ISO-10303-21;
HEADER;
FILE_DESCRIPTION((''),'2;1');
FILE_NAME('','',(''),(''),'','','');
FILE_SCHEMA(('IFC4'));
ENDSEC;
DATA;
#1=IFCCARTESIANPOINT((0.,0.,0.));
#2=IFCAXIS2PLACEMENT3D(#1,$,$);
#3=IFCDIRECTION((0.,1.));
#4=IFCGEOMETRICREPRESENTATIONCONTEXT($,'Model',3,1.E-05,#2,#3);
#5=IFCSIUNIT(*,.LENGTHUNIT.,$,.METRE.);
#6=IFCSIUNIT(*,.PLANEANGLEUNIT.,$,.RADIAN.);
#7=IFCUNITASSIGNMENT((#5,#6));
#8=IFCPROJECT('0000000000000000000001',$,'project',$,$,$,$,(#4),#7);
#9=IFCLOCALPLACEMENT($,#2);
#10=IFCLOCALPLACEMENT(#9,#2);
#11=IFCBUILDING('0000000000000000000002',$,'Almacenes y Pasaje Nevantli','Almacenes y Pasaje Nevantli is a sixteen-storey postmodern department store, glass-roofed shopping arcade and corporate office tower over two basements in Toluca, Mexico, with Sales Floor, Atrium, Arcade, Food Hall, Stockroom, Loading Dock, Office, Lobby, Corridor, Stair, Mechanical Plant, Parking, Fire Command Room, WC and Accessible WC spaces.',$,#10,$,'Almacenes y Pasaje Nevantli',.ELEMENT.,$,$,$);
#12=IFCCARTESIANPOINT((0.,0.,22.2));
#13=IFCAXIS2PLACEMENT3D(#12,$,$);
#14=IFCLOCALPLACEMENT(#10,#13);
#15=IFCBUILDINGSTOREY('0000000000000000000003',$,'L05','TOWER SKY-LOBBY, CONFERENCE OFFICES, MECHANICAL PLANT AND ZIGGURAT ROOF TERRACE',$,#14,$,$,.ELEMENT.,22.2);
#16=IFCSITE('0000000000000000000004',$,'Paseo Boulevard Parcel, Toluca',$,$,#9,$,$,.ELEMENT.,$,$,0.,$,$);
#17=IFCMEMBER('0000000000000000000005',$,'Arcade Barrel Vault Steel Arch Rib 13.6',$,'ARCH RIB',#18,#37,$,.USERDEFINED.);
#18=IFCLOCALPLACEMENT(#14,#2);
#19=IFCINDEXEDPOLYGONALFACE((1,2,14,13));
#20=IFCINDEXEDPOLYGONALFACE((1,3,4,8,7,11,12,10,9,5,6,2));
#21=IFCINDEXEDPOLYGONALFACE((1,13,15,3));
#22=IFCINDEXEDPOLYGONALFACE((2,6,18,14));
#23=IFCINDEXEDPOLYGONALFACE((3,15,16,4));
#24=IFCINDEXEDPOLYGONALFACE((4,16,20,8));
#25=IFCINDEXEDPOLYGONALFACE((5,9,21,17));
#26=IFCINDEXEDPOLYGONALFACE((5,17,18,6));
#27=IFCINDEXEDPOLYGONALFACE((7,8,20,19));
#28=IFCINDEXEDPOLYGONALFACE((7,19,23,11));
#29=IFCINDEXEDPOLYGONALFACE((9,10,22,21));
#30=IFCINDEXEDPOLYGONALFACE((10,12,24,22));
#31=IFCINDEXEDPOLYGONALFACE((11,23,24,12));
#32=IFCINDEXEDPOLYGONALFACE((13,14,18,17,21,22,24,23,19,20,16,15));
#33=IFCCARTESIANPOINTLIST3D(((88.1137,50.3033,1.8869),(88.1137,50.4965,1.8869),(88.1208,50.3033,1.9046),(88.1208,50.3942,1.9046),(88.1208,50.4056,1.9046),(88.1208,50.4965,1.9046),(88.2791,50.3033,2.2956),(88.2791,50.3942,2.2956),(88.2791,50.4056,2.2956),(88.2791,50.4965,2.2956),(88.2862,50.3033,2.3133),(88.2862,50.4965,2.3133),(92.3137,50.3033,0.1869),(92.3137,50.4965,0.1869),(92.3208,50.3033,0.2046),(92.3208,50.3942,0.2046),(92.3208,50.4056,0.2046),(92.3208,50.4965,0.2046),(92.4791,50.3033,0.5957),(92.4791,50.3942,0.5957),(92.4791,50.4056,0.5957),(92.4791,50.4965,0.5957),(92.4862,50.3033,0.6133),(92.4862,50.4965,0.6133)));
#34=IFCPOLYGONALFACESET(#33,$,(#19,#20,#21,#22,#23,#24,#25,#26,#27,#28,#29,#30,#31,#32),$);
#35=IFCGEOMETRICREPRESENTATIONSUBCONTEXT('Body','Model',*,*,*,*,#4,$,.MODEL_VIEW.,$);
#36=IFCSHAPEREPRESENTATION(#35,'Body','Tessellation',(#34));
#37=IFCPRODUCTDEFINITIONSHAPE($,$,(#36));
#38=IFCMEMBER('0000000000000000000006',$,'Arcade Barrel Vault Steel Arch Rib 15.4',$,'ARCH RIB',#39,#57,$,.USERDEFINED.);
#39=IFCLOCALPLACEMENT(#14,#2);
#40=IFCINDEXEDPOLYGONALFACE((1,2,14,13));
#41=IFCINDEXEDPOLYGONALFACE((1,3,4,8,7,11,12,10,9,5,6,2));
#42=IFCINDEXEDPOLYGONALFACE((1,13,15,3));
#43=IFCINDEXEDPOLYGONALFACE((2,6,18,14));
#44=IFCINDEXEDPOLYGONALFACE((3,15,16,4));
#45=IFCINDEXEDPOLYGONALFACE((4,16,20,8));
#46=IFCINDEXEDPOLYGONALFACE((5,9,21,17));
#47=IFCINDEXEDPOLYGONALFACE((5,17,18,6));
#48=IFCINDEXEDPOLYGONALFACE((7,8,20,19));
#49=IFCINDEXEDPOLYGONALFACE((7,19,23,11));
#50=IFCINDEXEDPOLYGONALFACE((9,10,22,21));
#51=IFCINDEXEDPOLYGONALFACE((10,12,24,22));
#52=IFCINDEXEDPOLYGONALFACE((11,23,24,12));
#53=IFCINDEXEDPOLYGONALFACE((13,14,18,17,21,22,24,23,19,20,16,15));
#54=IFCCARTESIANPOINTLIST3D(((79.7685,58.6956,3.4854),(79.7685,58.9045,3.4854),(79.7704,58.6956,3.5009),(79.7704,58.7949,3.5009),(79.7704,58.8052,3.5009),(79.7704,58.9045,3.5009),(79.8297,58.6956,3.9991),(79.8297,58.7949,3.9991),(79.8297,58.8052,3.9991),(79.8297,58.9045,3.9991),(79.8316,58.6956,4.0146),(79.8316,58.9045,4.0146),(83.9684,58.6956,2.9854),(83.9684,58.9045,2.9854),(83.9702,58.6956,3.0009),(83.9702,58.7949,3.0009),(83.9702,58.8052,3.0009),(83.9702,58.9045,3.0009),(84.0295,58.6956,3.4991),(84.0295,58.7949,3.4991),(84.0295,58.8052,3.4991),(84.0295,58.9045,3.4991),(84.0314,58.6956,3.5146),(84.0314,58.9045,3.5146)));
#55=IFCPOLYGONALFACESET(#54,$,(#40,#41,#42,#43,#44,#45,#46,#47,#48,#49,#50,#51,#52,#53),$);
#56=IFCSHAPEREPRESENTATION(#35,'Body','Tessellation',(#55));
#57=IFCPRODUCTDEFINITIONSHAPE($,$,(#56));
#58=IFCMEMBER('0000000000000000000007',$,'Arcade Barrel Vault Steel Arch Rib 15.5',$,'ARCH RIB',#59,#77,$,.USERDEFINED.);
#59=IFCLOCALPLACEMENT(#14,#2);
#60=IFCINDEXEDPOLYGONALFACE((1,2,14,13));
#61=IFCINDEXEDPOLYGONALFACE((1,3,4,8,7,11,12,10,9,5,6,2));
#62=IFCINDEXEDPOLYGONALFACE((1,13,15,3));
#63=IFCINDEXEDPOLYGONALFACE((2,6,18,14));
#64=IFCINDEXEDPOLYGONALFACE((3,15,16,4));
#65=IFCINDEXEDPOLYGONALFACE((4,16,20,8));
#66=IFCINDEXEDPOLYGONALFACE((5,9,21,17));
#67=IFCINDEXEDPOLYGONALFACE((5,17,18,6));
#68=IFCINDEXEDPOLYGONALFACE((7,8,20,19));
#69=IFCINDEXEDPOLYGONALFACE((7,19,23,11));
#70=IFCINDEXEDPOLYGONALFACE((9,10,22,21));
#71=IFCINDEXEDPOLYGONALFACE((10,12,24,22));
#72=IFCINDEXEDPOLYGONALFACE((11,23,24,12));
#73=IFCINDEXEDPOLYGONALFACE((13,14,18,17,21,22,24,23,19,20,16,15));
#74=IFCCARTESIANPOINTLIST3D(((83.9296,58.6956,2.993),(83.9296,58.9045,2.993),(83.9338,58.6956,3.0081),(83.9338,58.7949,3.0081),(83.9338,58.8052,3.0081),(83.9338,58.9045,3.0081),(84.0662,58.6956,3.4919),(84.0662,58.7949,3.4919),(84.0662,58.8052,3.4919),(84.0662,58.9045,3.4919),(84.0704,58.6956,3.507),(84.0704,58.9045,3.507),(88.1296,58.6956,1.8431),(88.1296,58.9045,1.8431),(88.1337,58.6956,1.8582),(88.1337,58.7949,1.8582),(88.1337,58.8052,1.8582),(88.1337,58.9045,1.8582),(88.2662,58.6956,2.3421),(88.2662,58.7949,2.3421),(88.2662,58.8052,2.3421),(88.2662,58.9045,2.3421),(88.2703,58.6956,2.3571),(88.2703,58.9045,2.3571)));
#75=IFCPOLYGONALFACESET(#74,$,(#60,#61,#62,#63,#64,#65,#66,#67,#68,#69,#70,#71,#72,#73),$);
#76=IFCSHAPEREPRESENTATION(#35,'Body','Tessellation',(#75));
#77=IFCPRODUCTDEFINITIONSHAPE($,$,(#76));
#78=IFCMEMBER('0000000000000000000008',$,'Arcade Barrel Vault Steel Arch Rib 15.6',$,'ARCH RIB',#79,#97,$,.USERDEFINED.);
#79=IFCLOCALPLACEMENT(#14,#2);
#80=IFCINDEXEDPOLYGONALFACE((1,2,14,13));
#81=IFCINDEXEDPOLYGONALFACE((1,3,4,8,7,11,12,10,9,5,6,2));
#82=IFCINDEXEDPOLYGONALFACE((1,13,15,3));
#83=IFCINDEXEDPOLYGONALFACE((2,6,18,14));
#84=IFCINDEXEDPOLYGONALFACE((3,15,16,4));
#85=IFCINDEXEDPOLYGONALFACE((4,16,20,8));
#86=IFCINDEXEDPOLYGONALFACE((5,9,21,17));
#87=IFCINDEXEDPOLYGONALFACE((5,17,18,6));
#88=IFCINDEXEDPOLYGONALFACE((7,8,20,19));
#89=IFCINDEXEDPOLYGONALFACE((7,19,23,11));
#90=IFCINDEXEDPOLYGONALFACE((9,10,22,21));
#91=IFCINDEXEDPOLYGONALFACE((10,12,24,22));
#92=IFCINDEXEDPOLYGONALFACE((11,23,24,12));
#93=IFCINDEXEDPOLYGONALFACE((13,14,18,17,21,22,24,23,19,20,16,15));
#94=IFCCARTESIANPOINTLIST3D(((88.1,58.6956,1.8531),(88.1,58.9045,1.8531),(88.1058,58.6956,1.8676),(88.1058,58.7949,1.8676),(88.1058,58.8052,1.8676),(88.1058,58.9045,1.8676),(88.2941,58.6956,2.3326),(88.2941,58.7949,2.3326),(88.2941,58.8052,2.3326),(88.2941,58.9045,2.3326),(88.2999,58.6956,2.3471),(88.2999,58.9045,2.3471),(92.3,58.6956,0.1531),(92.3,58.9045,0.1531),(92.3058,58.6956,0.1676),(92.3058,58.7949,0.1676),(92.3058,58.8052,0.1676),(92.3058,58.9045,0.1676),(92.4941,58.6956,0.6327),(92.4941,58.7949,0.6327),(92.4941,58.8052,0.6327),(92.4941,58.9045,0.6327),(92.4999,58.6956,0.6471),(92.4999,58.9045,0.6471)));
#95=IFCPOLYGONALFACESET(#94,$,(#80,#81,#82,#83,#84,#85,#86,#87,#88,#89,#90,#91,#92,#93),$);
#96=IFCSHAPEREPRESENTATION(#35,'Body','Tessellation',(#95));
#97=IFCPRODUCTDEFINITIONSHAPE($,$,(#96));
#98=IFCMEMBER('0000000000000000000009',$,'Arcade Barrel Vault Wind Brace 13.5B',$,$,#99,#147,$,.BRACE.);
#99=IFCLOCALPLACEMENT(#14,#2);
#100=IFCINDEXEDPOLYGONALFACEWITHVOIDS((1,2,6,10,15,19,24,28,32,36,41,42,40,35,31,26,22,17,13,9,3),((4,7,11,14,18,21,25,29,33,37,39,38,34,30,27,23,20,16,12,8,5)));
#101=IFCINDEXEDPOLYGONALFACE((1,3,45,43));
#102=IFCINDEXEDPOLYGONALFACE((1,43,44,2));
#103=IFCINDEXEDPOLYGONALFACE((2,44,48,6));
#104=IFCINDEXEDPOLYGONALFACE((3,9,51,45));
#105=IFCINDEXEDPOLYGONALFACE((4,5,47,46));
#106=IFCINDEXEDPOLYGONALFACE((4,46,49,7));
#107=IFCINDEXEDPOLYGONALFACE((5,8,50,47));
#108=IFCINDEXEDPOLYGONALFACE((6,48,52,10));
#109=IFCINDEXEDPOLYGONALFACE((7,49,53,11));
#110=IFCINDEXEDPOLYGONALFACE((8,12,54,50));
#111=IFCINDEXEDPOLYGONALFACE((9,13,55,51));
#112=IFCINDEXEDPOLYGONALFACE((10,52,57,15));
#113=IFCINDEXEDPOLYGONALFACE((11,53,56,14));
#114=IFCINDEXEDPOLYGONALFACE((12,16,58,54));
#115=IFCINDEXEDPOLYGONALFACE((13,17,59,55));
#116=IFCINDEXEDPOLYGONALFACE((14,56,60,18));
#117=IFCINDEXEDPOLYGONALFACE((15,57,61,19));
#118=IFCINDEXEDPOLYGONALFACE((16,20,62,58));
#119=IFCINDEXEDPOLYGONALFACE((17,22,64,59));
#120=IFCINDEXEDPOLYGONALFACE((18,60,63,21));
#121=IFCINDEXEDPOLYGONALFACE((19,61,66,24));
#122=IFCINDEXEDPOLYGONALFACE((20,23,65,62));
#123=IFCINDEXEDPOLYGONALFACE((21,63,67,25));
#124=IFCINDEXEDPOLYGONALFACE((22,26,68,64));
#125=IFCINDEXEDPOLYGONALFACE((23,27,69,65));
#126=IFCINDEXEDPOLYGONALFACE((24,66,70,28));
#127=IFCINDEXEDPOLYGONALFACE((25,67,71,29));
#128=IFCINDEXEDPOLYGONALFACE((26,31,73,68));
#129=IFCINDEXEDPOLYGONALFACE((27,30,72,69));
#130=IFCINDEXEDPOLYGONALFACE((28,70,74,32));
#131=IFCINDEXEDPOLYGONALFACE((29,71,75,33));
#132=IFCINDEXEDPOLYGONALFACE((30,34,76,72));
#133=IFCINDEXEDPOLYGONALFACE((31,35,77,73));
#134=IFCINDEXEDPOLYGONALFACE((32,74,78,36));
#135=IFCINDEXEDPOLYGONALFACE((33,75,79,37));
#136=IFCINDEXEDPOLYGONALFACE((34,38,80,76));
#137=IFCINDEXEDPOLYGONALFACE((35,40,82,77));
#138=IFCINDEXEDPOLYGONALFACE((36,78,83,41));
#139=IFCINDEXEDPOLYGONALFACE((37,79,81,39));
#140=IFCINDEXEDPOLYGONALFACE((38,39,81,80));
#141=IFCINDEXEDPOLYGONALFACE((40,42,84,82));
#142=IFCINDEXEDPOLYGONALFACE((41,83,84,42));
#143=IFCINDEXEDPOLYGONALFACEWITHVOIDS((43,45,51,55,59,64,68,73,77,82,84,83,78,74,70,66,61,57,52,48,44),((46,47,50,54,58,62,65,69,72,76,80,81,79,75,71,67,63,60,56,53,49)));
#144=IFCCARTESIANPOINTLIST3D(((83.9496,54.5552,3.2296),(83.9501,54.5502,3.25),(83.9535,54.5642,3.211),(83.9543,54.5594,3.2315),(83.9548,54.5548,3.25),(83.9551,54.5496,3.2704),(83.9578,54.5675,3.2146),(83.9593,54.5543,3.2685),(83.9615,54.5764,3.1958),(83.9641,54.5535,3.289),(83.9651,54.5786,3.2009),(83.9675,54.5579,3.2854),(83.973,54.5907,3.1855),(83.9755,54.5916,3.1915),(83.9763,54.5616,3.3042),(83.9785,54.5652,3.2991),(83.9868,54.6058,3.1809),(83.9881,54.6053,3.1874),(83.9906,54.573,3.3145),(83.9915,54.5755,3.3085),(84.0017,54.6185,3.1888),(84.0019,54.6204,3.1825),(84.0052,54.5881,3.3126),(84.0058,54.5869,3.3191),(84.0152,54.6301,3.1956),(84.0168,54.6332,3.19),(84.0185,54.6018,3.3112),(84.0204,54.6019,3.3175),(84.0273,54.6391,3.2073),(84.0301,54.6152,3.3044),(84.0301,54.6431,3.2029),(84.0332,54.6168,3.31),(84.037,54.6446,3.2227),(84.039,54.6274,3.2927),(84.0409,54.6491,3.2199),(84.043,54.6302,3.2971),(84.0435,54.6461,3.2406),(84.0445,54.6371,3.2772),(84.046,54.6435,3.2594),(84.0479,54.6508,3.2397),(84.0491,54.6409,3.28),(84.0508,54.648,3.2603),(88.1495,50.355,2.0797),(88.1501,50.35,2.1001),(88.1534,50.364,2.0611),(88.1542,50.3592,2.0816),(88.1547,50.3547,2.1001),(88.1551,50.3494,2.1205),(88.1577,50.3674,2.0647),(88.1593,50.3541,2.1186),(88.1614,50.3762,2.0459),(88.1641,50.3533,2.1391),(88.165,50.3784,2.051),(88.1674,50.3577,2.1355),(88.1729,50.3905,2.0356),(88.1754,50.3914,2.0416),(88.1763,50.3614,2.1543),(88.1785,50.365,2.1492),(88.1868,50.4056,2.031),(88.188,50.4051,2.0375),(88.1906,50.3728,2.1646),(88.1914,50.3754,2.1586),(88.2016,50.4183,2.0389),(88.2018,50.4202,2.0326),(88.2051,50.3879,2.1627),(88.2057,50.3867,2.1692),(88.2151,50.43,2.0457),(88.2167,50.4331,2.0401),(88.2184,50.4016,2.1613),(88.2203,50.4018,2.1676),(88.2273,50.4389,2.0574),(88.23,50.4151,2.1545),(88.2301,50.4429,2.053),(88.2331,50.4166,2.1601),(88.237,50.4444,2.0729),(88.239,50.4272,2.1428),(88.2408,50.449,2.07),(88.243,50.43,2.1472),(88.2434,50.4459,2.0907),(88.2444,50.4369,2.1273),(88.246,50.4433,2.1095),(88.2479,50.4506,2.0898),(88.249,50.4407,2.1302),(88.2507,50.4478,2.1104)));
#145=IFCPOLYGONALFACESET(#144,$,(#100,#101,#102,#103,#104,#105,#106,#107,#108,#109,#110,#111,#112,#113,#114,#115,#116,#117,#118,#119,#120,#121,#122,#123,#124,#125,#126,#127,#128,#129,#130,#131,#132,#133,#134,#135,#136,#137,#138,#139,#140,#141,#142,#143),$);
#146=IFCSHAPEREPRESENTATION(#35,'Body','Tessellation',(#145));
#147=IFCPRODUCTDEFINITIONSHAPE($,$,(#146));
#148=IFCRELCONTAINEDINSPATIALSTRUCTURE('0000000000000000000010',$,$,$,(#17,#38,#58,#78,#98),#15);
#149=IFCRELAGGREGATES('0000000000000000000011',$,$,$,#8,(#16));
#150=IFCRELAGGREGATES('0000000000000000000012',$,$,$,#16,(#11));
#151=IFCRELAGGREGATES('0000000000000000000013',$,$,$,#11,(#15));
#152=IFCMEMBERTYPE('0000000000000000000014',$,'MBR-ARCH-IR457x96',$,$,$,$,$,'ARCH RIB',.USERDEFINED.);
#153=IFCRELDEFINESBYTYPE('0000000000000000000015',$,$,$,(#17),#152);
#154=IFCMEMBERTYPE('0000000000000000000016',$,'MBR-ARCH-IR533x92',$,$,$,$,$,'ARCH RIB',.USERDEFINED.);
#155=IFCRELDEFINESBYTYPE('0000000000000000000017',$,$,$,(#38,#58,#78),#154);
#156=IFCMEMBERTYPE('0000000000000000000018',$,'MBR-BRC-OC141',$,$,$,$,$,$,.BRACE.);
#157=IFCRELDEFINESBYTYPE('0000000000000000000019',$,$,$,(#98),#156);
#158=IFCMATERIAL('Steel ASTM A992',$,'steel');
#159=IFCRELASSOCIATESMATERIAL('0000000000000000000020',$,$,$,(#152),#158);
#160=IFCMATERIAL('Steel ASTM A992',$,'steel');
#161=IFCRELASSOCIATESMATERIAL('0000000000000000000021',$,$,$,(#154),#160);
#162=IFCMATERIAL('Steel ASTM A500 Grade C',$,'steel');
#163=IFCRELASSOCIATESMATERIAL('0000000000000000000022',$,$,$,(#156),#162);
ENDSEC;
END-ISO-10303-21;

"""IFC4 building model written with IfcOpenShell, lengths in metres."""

from ifc_helpers import new_model, si_unit, direction, frame, origin, origin_2d, place, context, subcontext, project, spatial, hollow_circle, i_section, extrude, material, material_profile, profile_set, type_object, element, save


model = new_model("IFC4")

# Units and contexts
model_context = context("Model", 3, precision=1e-05, world=origin(), true_north=direction((0.0, 1.0)))
body_context = subcontext(model_context, "Body", "Model", "MODEL_VIEW")
ifc_project = project(units=[si_unit("LENGTHUNIT", "METRE"), si_unit("PLANEANGLEUNIT", "RADIAN")], contexts=[model_context])

# Site, building, storey
site_placement = place(None, origin())
site = spatial("IfcSite", under=ifc_project, at=site_placement, Name="Paseo Boulevard Parcel, Toluca", CompositionType="ELEMENT", RefElevation=0.0)
building_placement = place(site_placement, origin())
building = spatial("IfcBuilding", under=site, at=building_placement, Name="Almacenes y Pasaje Nevantli", Description="Almacenes y Pasaje Nevantli is a sixteen-storey postmodern department store, glass-roofed shopping arcade and corporate office tower over two basements in Toluca, Mexico, with Sales Floor, Atrium, Arcade, Food Hall, Stockroom, Loading Dock, Office, Lobby, Corridor, Stair, Mechanical Plant, Parking, Fire Command Room, WC and Accessible WC spaces.", LongName="Almacenes y Pasaje Nevantli", CompositionType="ELEMENT")
storey_placement = place(building_placement, frame((0.0, 0.0, 22.2)))
storey = spatial("IfcBuildingStorey", under=building, at=storey_placement, Name="L05", Description="TOWER SKY-LOBBY, CONFERENCE OFFICES, MECHANICAL PLANT AND ZIGGURAT ROOF TERRACE", CompositionType="ELEMENT", Elevation=22.2)

# Members
ifc_material_1 = material(Name="Steel ASTM A992", Category="steel")
ifc_material_profile_1 = material_profile(ifc_material_1, i_section(OverallWidth=0.1931, OverallDepth=0.46, WebThickness=0.0115, FlangeThickness=0.019, at=origin_2d()), Name="IR 457x96.7")
ifc_profile_set_1 = profile_set([ifc_material_profile_1], Name="Steel ASTM A992")
member_type_1 = type_object("IfcMemberType", Name="MBR-ARCH-IR457x96", ElementType="ARCH RIB", PredefinedType="USERDEFINED", material=ifc_profile_set_1)
member_1_placement = place(storey_placement, frame((88.2, 50.3999, 2.1001), z_axis=(0.926949, 0.0, -0.375187), x_axis=(0.0, 1.0, 0.0)))
element("IfcMember", 1, at=member_1_placement, inside=storey, type_object=member_type_1, Name="Arcade Barrel Vault Steel Arch Rib 13.6", ObjectType="ARCH RIB", PredefinedType="USERDEFINED", context=body_context, shape_type="SweptSolid", body=[
    extrude(i_section(OverallWidth=0.1931, OverallDepth=0.46, WebThickness=0.0115, FlangeThickness=0.019, at=origin_2d()), origin(), (0.0, 0.0, 1.0), 4.531),
])
ifc_material_2 = material(Name="Steel ASTM A992", Category="steel")
ifc_material_profile_2 = material_profile(ifc_material_2, i_section(OverallWidth=0.209, OverallDepth=0.533, WebThickness=0.0103, FlangeThickness=0.0156, at=origin_2d()), Name="IR 533x92.5")
ifc_profile_set_2 = profile_set([ifc_material_profile_2], Name="Steel ASTM A992")
member_type_2 = type_object("IfcMemberType", Name="MBR-ARCH-IR533x92", ElementType="ARCH RIB", PredefinedType="USERDEFINED", material=ifc_profile_set_2)
member_2_placement = place(storey_placement, frame((79.8, 58.8, 3.75), z_axis=(0.992988, 0.0, -0.118214), x_axis=(0.0, 1.0, 0.0)))
element("IfcMember", 2, at=member_2_placement, inside=storey, type_object=member_type_2, Name="Arcade Barrel Vault Steel Arch Rib 15.4", ObjectType="ARCH RIB", PredefinedType="USERDEFINED", context=body_context, shape_type="SweptSolid", body=[
    extrude(i_section(OverallWidth=0.209, OverallDepth=0.533, WebThickness=0.0103, FlangeThickness=0.0156, at=origin_2d()), origin(), (0.0, 0.0, 1.0), 4.2295),
])
member_3_placement = place(storey_placement, frame((84.0, 58.8, 3.25), z_axis=(0.964503, 0.0, -0.264071), x_axis=(0.0, 1.0, 0.0)))
element("IfcMember", 3, at=member_3_placement, inside=storey, type_object=member_type_2, Name="Arcade Barrel Vault Steel Arch Rib 15.5", ObjectType="ARCH RIB", PredefinedType="USERDEFINED", context=body_context, shape_type="SweptSolid", body=[
    extrude(i_section(OverallWidth=0.209, OverallDepth=0.533, WebThickness=0.0103, FlangeThickness=0.0156, at=origin_2d()), origin(), (0.0, 0.0, 1.0), 4.3545),
])
member_4_placement = place(storey_placement, frame((88.2, 58.8, 2.1001), z_axis=(0.926949, 0.0, -0.375187), x_axis=(0.0, 1.0, 0.0)))
element("IfcMember", 4, at=member_4_placement, inside=storey, type_object=member_type_2, Name="Arcade Barrel Vault Steel Arch Rib 15.6", ObjectType="ARCH RIB", PredefinedType="USERDEFINED", context=body_context, shape_type="SweptSolid", body=[
    extrude(i_section(OverallWidth=0.209, OverallDepth=0.533, WebThickness=0.0103, FlangeThickness=0.0156, at=origin_2d()), origin(), (0.0, 0.0, 1.0), 4.531),
])
ifc_material_3 = material(Name="Steel ASTM A500 Grade C", Category="steel")
ifc_material_profile_3 = material_profile(ifc_material_3, hollow_circle(Radius=0.0706, WallThickness=0.0066, at=origin_2d()), Name="OC 141x6.6")
ifc_profile_set_3 = profile_set([ifc_material_profile_3], Name="Steel ASTM A500 Grade C")
member_type_3 = type_object("IfcMemberType", Name="MBR-BRC-OC141", PredefinedType="BRACE", material=ifc_profile_set_3)
member_5_placement = place(storey_placement, frame((88.2, 50.3999, 2.1001), z_axis=(-0.694197, 0.694238, 0.190064), x_axis=(-0.707127, -0.707086, 0.0)))
element("IfcMember", 5, at=member_5_placement, inside=storey, type_object=member_type_3, Name="Arcade Barrel Vault Wind Brace 13.5B", PredefinedType="BRACE", context=body_context, shape_type="SweptSolid", body=[
    extrude(hollow_circle(Radius=0.0706, WallThickness=0.0066, at=origin_2d()), origin(), (0.0, 0.0, 1.0), 6.05),
])

save(model, "model.ifc")
